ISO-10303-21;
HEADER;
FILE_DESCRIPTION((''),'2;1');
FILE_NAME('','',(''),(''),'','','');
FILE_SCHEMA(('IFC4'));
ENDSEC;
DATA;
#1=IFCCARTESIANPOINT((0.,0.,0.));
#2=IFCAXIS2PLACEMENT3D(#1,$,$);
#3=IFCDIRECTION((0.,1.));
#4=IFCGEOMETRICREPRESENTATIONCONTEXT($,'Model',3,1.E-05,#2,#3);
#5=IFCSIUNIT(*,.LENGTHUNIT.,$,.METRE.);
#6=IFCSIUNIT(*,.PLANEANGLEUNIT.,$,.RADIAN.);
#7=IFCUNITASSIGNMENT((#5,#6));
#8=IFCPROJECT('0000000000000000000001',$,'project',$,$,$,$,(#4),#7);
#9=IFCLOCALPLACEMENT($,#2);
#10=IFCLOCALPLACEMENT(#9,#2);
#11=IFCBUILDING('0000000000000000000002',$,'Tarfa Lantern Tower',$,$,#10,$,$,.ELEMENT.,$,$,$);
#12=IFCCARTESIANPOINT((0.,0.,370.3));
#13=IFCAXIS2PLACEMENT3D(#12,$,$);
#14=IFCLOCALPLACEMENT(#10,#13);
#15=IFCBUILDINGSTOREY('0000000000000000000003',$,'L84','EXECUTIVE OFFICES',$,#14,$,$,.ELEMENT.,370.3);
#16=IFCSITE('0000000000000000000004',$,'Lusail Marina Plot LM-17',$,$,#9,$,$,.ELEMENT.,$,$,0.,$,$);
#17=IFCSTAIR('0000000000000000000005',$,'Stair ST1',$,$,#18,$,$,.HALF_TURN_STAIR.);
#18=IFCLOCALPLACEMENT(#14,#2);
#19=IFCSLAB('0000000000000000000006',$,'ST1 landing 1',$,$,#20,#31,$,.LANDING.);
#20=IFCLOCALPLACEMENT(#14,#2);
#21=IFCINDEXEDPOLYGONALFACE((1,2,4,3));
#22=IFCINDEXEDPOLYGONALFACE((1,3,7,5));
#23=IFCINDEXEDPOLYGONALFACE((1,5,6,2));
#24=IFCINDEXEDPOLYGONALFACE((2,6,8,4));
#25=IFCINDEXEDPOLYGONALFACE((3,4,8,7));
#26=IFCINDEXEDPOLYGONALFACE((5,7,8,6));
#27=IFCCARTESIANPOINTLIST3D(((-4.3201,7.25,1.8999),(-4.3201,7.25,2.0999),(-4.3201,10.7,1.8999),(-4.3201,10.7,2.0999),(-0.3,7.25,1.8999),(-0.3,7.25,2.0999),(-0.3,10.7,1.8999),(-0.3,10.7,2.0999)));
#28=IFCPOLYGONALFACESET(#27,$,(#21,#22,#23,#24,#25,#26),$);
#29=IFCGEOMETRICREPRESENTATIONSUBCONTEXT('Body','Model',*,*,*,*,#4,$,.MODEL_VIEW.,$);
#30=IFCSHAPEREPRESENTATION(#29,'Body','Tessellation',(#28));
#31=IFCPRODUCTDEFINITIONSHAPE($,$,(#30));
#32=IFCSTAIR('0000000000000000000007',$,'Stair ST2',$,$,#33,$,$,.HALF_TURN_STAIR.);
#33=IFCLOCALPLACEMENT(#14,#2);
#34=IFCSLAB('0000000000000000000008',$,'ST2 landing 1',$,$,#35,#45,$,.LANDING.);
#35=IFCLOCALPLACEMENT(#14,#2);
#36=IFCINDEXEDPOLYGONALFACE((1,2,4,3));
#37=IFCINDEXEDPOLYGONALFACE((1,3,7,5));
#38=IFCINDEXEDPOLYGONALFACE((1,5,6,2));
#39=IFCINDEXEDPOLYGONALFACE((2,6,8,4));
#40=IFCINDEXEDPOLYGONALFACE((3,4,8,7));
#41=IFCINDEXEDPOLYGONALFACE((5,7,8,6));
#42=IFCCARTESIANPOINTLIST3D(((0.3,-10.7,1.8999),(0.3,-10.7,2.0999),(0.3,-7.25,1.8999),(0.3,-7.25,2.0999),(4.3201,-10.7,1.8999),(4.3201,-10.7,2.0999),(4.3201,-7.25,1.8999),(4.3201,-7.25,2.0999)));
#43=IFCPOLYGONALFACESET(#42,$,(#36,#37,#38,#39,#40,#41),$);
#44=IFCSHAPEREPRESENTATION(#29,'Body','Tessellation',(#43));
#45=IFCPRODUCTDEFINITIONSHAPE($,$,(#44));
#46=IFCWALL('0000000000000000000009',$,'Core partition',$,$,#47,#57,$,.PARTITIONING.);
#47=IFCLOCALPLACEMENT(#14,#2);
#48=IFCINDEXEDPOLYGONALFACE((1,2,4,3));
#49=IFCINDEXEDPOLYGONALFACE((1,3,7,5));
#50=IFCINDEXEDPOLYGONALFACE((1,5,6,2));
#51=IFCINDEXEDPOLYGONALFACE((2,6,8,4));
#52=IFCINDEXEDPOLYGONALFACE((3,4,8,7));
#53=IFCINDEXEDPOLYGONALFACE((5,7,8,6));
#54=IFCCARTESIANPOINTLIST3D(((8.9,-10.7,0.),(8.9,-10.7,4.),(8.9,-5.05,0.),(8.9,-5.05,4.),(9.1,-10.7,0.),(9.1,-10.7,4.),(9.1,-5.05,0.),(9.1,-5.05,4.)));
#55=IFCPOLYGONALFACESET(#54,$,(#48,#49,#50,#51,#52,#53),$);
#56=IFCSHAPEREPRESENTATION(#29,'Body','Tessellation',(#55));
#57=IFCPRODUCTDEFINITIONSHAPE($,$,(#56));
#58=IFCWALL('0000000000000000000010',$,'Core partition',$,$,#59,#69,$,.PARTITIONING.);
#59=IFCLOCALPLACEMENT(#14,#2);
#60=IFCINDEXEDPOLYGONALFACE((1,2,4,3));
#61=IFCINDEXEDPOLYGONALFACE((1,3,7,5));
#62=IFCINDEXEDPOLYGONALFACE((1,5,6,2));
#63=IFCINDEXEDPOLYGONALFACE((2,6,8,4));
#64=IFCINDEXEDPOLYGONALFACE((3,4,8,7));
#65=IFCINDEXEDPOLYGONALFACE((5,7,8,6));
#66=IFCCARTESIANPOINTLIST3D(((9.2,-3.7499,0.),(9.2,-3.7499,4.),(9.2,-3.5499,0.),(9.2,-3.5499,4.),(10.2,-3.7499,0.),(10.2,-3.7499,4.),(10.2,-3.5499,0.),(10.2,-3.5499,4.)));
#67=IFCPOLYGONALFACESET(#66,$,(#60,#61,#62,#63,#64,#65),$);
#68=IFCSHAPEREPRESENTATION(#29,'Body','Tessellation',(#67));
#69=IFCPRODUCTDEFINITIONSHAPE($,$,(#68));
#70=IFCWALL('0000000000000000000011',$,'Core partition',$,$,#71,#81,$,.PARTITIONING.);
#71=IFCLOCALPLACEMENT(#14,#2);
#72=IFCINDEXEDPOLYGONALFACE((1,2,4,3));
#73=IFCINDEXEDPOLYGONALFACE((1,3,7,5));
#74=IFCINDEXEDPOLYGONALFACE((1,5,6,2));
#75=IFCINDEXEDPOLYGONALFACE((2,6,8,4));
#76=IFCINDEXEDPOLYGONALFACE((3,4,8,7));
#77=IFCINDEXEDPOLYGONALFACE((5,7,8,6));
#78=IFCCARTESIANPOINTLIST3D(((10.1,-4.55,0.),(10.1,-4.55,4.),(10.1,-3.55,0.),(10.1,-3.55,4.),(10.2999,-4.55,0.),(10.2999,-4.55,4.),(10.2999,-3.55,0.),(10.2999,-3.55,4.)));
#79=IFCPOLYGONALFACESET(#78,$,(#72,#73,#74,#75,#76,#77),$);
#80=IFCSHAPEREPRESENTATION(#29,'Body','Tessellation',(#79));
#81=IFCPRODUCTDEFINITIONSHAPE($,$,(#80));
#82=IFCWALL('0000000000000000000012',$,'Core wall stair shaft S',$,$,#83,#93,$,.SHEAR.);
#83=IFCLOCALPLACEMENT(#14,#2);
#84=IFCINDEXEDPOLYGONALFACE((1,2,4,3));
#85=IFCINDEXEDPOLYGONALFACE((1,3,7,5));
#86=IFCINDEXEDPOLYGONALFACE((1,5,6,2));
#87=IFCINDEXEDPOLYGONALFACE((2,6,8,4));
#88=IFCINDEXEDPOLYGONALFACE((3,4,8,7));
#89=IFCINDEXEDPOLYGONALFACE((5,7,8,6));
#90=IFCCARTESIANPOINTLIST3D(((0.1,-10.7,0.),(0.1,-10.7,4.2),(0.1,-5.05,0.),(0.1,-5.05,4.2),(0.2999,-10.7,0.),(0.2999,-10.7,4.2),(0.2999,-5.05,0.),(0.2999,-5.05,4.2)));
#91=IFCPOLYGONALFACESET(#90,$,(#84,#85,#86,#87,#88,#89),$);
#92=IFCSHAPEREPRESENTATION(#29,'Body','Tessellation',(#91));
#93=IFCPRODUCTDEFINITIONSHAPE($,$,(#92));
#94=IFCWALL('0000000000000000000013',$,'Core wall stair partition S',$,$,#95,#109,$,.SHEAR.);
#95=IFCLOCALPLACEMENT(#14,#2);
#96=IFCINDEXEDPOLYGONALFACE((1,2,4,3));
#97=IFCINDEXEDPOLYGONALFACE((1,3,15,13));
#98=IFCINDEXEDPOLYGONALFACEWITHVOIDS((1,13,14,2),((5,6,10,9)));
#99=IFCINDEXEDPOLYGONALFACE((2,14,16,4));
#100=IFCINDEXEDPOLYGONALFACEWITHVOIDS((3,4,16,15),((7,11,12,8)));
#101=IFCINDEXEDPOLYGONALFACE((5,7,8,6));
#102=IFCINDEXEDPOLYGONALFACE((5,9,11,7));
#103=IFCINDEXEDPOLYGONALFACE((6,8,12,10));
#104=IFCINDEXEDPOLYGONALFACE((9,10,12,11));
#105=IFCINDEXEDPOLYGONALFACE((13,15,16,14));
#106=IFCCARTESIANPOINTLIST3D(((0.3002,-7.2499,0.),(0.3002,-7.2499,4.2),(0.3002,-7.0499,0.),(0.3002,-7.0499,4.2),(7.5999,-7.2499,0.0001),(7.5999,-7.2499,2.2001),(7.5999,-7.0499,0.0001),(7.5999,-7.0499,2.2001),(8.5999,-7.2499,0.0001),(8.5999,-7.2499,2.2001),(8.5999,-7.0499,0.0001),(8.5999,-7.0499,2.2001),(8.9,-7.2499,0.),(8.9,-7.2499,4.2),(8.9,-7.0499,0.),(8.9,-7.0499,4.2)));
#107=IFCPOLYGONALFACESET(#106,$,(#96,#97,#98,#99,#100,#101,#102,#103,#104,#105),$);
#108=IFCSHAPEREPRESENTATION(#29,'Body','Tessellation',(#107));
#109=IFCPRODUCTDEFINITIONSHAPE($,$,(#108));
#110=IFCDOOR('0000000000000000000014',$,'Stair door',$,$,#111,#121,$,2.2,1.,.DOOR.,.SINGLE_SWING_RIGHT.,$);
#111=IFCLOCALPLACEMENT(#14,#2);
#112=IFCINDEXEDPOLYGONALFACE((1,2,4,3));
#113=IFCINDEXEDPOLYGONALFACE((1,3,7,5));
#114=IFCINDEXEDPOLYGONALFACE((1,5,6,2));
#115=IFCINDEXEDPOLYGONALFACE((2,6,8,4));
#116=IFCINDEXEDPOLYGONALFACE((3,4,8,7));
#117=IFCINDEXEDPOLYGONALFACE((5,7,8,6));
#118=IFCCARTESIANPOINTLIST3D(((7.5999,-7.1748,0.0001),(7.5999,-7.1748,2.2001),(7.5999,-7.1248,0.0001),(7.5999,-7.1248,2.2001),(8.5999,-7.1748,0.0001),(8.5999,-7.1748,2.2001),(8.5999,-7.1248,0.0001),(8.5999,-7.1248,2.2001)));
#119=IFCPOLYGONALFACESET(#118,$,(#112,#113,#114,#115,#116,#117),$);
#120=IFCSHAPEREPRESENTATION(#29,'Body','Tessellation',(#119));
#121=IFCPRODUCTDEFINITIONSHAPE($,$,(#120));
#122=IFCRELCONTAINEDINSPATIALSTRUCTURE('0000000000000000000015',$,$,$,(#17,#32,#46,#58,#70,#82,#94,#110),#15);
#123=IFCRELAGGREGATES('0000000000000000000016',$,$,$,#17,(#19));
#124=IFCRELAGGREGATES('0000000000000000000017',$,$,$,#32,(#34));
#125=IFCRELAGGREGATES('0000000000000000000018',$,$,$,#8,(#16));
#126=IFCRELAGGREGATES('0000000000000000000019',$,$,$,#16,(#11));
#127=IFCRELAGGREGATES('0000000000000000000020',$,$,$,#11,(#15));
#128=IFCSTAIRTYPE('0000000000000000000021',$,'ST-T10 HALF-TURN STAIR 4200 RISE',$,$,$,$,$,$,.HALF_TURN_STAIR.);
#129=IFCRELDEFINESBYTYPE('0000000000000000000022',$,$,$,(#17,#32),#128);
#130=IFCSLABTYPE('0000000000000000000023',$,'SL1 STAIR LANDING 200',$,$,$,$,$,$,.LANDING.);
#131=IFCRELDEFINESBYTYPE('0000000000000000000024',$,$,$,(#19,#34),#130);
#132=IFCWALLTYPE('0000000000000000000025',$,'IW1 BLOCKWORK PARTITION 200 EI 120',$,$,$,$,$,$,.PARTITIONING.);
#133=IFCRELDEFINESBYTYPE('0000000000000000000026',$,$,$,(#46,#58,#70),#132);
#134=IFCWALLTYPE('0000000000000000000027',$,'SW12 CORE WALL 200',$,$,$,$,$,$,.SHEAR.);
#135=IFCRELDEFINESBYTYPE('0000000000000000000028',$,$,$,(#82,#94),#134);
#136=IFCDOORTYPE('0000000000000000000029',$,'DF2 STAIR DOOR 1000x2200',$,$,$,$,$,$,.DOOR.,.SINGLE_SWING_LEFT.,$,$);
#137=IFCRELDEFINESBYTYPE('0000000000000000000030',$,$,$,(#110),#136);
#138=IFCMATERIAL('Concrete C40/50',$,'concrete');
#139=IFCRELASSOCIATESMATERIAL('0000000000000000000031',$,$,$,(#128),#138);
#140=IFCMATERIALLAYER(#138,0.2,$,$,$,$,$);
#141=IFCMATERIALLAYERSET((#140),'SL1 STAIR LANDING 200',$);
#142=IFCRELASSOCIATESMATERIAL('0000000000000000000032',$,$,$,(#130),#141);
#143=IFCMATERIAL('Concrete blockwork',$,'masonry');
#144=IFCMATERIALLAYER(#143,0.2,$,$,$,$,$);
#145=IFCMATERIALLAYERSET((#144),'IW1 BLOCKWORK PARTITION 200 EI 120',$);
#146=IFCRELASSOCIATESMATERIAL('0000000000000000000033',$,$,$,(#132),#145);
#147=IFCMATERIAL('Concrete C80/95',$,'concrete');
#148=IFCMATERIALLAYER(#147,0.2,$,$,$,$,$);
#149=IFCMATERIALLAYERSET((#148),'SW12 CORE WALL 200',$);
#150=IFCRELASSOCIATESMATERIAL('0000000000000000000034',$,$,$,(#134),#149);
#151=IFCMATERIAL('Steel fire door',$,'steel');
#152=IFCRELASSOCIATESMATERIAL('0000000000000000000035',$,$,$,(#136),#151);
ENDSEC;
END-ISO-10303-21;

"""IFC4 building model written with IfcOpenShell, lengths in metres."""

from ifc_helpers import new_model, si_unit, direction, frame, frame_2d, origin, place, context, subcontext, project, spatial, polyline, rectangle, outline, extrude, material, layer, layer_set, type_object, element, fill, aggregate, save


model = new_model("IFC4")

# Units and contexts
model_context = context("Model", 3, precision=1e-05, world=origin(), true_north=direction((0.0, 1.0)))
body_context = subcontext(model_context, "Body", "Model", "MODEL_VIEW")
ifc_project = project(units=[si_unit("LENGTHUNIT", "METRE"), si_unit("PLANEANGLEUNIT", "RADIAN")], contexts=[model_context])

# Site, building, storey
site_placement = place(None, origin())
site = spatial("IfcSite", under=ifc_project, at=site_placement, Name="Lusail Marina Plot LM-17", CompositionType="ELEMENT", RefElevation=0.0)
building_placement = place(site_placement, origin())
building = spatial("IfcBuilding", under=site, at=building_placement, Name="Tarfa Lantern Tower", CompositionType="ELEMENT")
storey_placement = place(building_placement, frame((0.0, 0.0, 370.3)))
storey = spatial("IfcBuildingStorey", under=building, at=storey_placement, Name="L84", Description="EXECUTIVE OFFICES", CompositionType="ELEMENT", Elevation=370.3)

# Stairs, slabs
ifc_material_1 = material(Name="Concrete C40/50", Category="concrete")
stair_type = type_object("IfcStairType", Name="ST-T10 HALF-TURN STAIR 4200 RISE", PredefinedType="HALF_TURN_STAIR", material=ifc_material_1)
stair_1_placement = place(storey_placement, origin())
stair_1 = element("IfcStair", 1, at=stair_1_placement, inside=storey, type_object=stair_type, Name="Stair ST1", PredefinedType="HALF_TURN_STAIR")
ifc_layer_1 = layer(ifc_material_1, 0.2)
ifc_layer_set_1 = layer_set([ifc_layer_1], Name="SL1 STAIR LANDING 200")
slab_type = type_object("IfcSlabType", Name="SL1 STAIR LANDING 200", PredefinedType="LANDING", material=ifc_layer_set_1)
slab_1_placement = place(storey_placement, frame((0.0, 0.0, 1.8999)))
slab_1 = element("IfcSlab", 2, at=slab_1_placement, type_object=slab_type, Name="ST1 landing 1", PredefinedType="LANDING", context=body_context, shape_type="SweptSolid", body=[
    extrude(outline(polyline([(-4.3201, 7.25), (-0.3, 7.25), (-0.3, 10.7), (-4.3201, 10.7), (-4.3201, 7.25)])), origin(), (0.0, 0.0, 1.0), 0.2),
])
aggregate(stair_1, [slab_1])
stair_2_placement = place(storey_placement, origin())
stair_2 = element("IfcStair", 3, at=stair_2_placement, inside=storey, type_object=stair_type, Name="Stair ST2", PredefinedType="HALF_TURN_STAIR")
slab_2_placement = place(storey_placement, frame((0.0, 0.0, 1.8999)))
slab_2 = element("IfcSlab", 4, at=slab_2_placement, type_object=slab_type, Name="ST2 landing 1", PredefinedType="LANDING", context=body_context, shape_type="SweptSolid", body=[
    extrude(outline(polyline([(4.3201, -7.25), (0.3, -7.25), (0.3, -10.7), (4.3201, -10.7), (4.3201, -7.25)])), origin(), (0.0, 0.0, 1.0), 0.2),
])

# Walls
ifc_material_2 = material(Name="Concrete blockwork", Category="masonry")
ifc_layer_2 = layer(ifc_material_2, 0.2)
ifc_layer_set_2 = layer_set([ifc_layer_2], Name="IW1 BLOCKWORK PARTITION 200 EI 120")
wall_type_1 = type_object("IfcWallType", Name="IW1 BLOCKWORK PARTITION 200 EI 120", PredefinedType="PARTITIONING", material=ifc_layer_set_2)
wall_1_placement = place(storey_placement, frame((9.0, -5.05, 0.0), z_axis=(0.0, 0.0, 1.0), x_axis=(0.0, -1.0, 0.0)))
element("IfcWall", 5, at=wall_1_placement, inside=storey, type_object=wall_type_1, Name="Core partition", PredefinedType="PARTITIONING", context=body_context, shape_type="SweptSolid", body=[
    extrude(rectangle(XDim=5.6499, YDim=0.2, at=frame_2d((2.825, 0.0))), origin(), (0.0, 0.0, 1.0), 4.0),
])
for number, where, z_axis, x_axis, name in (
    (6, (10.2, -3.6499, 0.0), (0.0, 0.0, 1.0), (-1.0, 0.0, 0.0), "Core partition"),
    (7, (10.2, -3.55, 0.0), (0.0, 0.0, 1.0), (0.0, -1.0, 0.0), "Core partition"),
):
    element("IfcWall", number, at=place(storey_placement, frame(where, z_axis=z_axis, x_axis=x_axis)), inside=storey, type_object=wall_type_1, Name=name, PredefinedType="PARTITIONING", context=body_context, shape_type="SweptSolid", body=[
        extrude(rectangle(XDim=1.0, YDim=0.2, at=frame_2d((0.5, 0.0))), origin(), (0.0, 0.0, 1.0), 4.0),
    ])
ifc_material_3 = material(Name="Concrete C80/95", Category="concrete")
ifc_layer_3 = layer(ifc_material_3, 0.2)
ifc_layer_set_3 = layer_set([ifc_layer_3], Name="SW12 CORE WALL 200")
wall_type_2 = type_object("IfcWallType", Name="SW12 CORE WALL 200", PredefinedType="SHEAR", material=ifc_layer_set_3)
wall_2_placement = place(storey_placement, frame((0.2, -5.05, 0.0), z_axis=(0.0, 0.0, 1.0), x_axis=(0.0, -1.0, 0.0)))
element("IfcWall", 8, at=wall_2_placement, inside=storey, type_object=wall_type_2, Name="Core wall stair shaft S", PredefinedType="SHEAR", context=body_context, shape_type="SweptSolid", body=[
    extrude(rectangle(XDim=5.6499, YDim=0.2, at=frame_2d((2.825, 0.0))), origin(), (0.0, 0.0, 1.0), 4.2),
])

# Wall, opening, door
wall_3_placement = place(storey_placement, frame((8.8999, -7.1499, 0.0), z_axis=(0.0, 0.0, 1.0), x_axis=(-1.0, 0.0, 0.0)))
wall_3 = element("IfcWall", 9, at=wall_3_placement, inside=storey, type_object=wall_type_2, Name="Core wall stair partition S", PredefinedType="SHEAR", context=body_context, shape_type="SweptSolid", body=[
    extrude(rectangle(XDim=8.5999, YDim=0.2, at=frame_2d((4.2998, 0.0))), origin(), (0.0, 0.0, 1.0), 4.2),
])
opening_1_placement = place(wall_3_placement, frame((0.3, 0.0, 0.0)))
opening_1 = element("IfcOpeningElement", 10, at=opening_1_placement, cuts=wall_3, PredefinedType="OPENING", context=body_context, shape_type="SweptSolid", body=[
    extrude(rectangle(XDim=1.0, YDim=2.2, at=frame_2d((0.5, 1.1001))), frame((0.0, 0.1099, 0.0), z_axis=(0.0, -1.0, 0.0), x_axis=(1.0, 0.0, 0.0)), (0.0, 0.0, 1.0), 0.22),
])
ifc_material_4 = material(Name="Steel fire door", Category="steel")
door_type_1 = type_object("IfcDoorType", Name="DF2 STAIR DOOR 1000x2200", OperationType="SINGLE_SWING_LEFT", PredefinedType="DOOR", material=ifc_material_4)
door_1_placement = place(opening_1_placement, origin())
door_1 = element("IfcDoor", 11, at=door_1_placement, inside=storey, type_object=door_type_1, Name="Stair door", OperationType="SINGLE_SWING_RIGHT", OverallHeight=2.2, OverallWidth=1.0, PredefinedType="DOOR", context=body_context, shape_type="SweptSolid", body=[
    extrude(rectangle(XDim=1.0, YDim=2.2, at=frame_2d((0.5, 1.1001))), frame((0.0, 0.0249, 0.0), z_axis=(0.0, -1.0, 0.0), x_axis=(1.0, 0.0, 0.0)), (0.0, 0.0, 1.0), 0.05),
])
fill(opening_1, door_1)

aggregate(stair_2, [slab_2])

save(model, "model.ifc")
